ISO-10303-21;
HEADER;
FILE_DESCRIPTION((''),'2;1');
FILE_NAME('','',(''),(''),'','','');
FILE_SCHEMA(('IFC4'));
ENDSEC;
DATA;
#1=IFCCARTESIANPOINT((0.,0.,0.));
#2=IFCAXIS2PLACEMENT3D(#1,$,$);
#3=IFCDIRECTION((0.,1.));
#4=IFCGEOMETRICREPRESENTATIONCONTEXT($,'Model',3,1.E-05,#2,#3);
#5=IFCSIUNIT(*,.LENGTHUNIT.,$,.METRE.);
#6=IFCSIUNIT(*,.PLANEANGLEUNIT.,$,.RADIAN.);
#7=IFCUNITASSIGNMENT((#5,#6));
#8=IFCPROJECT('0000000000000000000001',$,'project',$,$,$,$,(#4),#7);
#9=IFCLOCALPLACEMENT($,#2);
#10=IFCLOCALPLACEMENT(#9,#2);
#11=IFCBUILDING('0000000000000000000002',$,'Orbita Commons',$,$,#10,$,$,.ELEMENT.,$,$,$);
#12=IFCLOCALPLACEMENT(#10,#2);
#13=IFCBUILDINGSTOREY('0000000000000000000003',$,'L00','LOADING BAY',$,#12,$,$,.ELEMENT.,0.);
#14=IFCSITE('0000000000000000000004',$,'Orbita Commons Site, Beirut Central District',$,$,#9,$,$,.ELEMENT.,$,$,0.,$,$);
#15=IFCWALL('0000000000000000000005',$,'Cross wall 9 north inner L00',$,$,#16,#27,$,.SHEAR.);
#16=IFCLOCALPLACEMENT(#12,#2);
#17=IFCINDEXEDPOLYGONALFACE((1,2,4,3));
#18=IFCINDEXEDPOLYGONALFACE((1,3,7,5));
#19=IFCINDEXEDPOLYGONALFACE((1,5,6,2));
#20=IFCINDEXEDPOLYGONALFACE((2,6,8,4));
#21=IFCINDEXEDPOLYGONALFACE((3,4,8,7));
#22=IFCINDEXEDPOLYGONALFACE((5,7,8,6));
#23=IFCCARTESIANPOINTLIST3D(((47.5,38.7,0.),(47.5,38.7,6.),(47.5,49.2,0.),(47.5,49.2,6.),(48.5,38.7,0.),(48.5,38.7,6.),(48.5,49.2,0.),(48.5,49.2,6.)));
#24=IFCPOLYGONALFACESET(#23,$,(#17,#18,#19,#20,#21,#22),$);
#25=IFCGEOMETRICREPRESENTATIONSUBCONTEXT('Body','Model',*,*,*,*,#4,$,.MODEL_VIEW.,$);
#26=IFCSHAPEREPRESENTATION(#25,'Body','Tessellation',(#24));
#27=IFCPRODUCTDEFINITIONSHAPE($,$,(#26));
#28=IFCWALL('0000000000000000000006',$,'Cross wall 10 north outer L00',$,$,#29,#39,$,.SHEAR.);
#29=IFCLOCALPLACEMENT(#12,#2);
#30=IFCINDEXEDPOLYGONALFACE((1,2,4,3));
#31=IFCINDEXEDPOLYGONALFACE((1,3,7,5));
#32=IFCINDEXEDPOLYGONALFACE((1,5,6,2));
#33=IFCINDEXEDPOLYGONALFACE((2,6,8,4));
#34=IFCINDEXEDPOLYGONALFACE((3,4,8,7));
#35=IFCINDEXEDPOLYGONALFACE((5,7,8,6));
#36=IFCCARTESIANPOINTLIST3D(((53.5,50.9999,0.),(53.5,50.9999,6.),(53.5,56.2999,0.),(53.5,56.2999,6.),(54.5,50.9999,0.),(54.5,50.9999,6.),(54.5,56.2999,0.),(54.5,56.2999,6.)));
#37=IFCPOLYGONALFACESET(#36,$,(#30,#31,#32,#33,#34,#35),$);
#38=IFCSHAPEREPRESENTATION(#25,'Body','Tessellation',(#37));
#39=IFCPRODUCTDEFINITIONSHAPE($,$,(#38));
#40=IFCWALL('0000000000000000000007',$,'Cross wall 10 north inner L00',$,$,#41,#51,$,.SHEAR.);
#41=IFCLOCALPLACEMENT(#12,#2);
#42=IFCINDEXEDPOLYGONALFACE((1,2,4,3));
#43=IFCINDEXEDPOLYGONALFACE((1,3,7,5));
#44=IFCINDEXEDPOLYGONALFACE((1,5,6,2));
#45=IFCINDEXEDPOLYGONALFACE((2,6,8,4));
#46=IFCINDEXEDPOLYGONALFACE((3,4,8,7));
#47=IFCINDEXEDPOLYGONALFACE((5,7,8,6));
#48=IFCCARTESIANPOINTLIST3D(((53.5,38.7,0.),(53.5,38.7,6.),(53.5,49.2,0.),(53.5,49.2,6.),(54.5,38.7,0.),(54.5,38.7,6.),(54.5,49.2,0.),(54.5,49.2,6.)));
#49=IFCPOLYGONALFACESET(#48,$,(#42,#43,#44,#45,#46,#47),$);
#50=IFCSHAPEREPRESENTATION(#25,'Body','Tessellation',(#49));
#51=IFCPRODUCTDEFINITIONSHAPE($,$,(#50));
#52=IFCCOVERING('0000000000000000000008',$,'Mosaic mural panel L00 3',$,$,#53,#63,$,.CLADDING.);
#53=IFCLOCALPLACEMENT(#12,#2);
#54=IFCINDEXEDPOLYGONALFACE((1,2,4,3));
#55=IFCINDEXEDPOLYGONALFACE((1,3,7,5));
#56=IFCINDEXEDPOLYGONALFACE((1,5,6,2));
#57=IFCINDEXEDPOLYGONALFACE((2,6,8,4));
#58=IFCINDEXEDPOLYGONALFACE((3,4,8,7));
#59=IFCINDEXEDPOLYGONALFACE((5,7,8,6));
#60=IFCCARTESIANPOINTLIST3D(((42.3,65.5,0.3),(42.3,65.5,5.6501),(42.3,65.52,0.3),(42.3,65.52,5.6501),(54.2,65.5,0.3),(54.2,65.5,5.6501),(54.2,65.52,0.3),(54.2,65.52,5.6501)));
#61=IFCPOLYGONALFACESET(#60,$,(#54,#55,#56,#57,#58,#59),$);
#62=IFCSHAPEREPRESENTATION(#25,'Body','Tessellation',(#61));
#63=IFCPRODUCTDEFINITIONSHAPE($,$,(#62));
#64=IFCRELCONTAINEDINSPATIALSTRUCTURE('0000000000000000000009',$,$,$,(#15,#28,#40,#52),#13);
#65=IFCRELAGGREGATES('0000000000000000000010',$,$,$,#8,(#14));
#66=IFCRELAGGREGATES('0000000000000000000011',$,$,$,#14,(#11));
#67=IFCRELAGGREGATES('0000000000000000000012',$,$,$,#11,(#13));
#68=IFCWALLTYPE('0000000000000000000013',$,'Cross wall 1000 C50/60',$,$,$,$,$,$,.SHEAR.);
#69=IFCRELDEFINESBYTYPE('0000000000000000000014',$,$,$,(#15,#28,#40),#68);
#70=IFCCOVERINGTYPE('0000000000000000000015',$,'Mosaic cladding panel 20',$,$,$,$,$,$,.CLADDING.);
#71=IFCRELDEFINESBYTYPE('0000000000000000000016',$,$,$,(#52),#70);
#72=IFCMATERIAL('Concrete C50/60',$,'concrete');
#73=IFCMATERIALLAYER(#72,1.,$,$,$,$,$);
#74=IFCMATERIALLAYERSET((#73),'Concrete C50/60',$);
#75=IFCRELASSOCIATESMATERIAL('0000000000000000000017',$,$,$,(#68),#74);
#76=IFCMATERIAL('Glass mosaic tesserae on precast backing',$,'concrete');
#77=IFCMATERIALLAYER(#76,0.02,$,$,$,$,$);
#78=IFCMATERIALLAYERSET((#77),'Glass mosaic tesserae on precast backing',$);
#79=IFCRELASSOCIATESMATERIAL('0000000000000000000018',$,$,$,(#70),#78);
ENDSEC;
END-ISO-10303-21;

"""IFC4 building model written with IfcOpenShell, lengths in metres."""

from ifc_helpers import new_model, si_unit, direction, frame, frame_2d, origin, origin_2d, place, context, subcontext, project, spatial, rectangle, extrude, material, layer, layer_set, type_object, element, save


model = new_model("IFC4")

# Units and contexts
model_context = context("Model", 3, precision=1e-05, world=origin(), true_north=direction((0.0, 1.0)))
body_context = subcontext(model_context, "Body", "Model", "MODEL_VIEW")
ifc_project = project(units=[si_unit("LENGTHUNIT", "METRE"), si_unit("PLANEANGLEUNIT", "RADIAN")], contexts=[model_context])

# Site, building, storey
site_placement = place(None, origin())
site = spatial("IfcSite", under=ifc_project, at=site_placement, Name="Orbita Commons Site, Beirut Central District", CompositionType="ELEMENT", RefElevation=0.0)
building_placement = place(site_placement, origin())
building = spatial("IfcBuilding", under=site, at=building_placement, Name="Orbita Commons", CompositionType="ELEMENT")
storey_placement = place(building_placement, origin())
storey = spatial("IfcBuildingStorey", under=building, at=storey_placement, Name="L00", Description="LOADING BAY", CompositionType="ELEMENT", Elevation=0.0)

# Walls
ifc_material_1 = material(Name="Concrete C50/60", Category="concrete")
ifc_layer_1 = layer(ifc_material_1, 1.0)
ifc_layer_set_1 = layer_set([ifc_layer_1], Name="Concrete C50/60")
wall_type_1 = type_object("IfcWallType", Name="Cross wall 1000 C50/60", PredefinedType="SHEAR", material=ifc_layer_set_1)
wall_1_placement = place(storey_placement, frame((48.0, 38.7, 0.0), z_axis=(0.0, 0.0, 1.0), x_axis=(0.0, 1.0, 0.0)))
element("IfcWall", 1, at=wall_1_placement, inside=storey, type_object=wall_type_1, Name="Cross wall 9 north inner L00", PredefinedType="SHEAR", context=body_context, shape_type="SweptSolid", body=[
    extrude(rectangle(XDim=10.5, YDim=1.0, at=frame_2d((5.25, 0.0))), origin(), (0.0, 0.0, 1.0), 6.0),
])
wall_2_placement = place(storey_placement, frame((54.0, 51.0, 0.0), z_axis=(0.0, 0.0, 1.0), x_axis=(0.0, 1.0, 0.0)))
element("IfcWall", 2, at=wall_2_placement, inside=storey, type_object=wall_type_1, Name="Cross wall 10 north outer L00", PredefinedType="SHEAR", context=body_context, shape_type="SweptSolid", body=[
    extrude(rectangle(XDim=5.3, YDim=1.0, at=frame_2d((2.6499, 0.0))), origin(), (0.0, 0.0, 1.0), 6.0),
])
wall_3_placement = place(storey_placement, frame((54.0, 38.7, 0.0), z_axis=(0.0, 0.0, 1.0), x_axis=(0.0, 1.0, 0.0)))
element("IfcWall", 3, at=wall_3_placement, inside=storey, type_object=wall_type_1, Name="Cross wall 10 north inner L00", PredefinedType="SHEAR", context=body_context, shape_type="SweptSolid", body=[
    extrude(rectangle(XDim=10.5, YDim=1.0, at=frame_2d((5.25, 0.0))), origin(), (0.0, 0.0, 1.0), 6.0),
])

# Covering
ifc_material_2 = material(Name="Glass mosaic tesserae on precast backing", Category="concrete")
ifc_layer_2 = layer(ifc_material_2, 0.02)
ifc_layer_set_2 = layer_set([ifc_layer_2], Name="Glass mosaic tesserae on precast backing")
covering_type = type_object("IfcCoveringType", Name="Mosaic cladding panel 20", PredefinedType="CLADDING", material=ifc_layer_set_2)
covering_placement = place(storey_placement, frame((48.25, 65.51, 0.3), z_axis=(0.0, 0.0, 1.0), x_axis=(1.0, 0.0, 0.0)))
element("IfcCovering", 4, at=covering_placement, inside=storey, type_object=covering_type, Name="Mosaic mural panel L00 3", PredefinedType="CLADDING", context=body_context, shape_type="SweptSolid", body=[
    extrude(rectangle(XDim=11.8999, YDim=0.02, at=origin_2d()), origin(), (0.0, 0.0, 1.0), 5.3501),
])

save(model, "model.ifc")
